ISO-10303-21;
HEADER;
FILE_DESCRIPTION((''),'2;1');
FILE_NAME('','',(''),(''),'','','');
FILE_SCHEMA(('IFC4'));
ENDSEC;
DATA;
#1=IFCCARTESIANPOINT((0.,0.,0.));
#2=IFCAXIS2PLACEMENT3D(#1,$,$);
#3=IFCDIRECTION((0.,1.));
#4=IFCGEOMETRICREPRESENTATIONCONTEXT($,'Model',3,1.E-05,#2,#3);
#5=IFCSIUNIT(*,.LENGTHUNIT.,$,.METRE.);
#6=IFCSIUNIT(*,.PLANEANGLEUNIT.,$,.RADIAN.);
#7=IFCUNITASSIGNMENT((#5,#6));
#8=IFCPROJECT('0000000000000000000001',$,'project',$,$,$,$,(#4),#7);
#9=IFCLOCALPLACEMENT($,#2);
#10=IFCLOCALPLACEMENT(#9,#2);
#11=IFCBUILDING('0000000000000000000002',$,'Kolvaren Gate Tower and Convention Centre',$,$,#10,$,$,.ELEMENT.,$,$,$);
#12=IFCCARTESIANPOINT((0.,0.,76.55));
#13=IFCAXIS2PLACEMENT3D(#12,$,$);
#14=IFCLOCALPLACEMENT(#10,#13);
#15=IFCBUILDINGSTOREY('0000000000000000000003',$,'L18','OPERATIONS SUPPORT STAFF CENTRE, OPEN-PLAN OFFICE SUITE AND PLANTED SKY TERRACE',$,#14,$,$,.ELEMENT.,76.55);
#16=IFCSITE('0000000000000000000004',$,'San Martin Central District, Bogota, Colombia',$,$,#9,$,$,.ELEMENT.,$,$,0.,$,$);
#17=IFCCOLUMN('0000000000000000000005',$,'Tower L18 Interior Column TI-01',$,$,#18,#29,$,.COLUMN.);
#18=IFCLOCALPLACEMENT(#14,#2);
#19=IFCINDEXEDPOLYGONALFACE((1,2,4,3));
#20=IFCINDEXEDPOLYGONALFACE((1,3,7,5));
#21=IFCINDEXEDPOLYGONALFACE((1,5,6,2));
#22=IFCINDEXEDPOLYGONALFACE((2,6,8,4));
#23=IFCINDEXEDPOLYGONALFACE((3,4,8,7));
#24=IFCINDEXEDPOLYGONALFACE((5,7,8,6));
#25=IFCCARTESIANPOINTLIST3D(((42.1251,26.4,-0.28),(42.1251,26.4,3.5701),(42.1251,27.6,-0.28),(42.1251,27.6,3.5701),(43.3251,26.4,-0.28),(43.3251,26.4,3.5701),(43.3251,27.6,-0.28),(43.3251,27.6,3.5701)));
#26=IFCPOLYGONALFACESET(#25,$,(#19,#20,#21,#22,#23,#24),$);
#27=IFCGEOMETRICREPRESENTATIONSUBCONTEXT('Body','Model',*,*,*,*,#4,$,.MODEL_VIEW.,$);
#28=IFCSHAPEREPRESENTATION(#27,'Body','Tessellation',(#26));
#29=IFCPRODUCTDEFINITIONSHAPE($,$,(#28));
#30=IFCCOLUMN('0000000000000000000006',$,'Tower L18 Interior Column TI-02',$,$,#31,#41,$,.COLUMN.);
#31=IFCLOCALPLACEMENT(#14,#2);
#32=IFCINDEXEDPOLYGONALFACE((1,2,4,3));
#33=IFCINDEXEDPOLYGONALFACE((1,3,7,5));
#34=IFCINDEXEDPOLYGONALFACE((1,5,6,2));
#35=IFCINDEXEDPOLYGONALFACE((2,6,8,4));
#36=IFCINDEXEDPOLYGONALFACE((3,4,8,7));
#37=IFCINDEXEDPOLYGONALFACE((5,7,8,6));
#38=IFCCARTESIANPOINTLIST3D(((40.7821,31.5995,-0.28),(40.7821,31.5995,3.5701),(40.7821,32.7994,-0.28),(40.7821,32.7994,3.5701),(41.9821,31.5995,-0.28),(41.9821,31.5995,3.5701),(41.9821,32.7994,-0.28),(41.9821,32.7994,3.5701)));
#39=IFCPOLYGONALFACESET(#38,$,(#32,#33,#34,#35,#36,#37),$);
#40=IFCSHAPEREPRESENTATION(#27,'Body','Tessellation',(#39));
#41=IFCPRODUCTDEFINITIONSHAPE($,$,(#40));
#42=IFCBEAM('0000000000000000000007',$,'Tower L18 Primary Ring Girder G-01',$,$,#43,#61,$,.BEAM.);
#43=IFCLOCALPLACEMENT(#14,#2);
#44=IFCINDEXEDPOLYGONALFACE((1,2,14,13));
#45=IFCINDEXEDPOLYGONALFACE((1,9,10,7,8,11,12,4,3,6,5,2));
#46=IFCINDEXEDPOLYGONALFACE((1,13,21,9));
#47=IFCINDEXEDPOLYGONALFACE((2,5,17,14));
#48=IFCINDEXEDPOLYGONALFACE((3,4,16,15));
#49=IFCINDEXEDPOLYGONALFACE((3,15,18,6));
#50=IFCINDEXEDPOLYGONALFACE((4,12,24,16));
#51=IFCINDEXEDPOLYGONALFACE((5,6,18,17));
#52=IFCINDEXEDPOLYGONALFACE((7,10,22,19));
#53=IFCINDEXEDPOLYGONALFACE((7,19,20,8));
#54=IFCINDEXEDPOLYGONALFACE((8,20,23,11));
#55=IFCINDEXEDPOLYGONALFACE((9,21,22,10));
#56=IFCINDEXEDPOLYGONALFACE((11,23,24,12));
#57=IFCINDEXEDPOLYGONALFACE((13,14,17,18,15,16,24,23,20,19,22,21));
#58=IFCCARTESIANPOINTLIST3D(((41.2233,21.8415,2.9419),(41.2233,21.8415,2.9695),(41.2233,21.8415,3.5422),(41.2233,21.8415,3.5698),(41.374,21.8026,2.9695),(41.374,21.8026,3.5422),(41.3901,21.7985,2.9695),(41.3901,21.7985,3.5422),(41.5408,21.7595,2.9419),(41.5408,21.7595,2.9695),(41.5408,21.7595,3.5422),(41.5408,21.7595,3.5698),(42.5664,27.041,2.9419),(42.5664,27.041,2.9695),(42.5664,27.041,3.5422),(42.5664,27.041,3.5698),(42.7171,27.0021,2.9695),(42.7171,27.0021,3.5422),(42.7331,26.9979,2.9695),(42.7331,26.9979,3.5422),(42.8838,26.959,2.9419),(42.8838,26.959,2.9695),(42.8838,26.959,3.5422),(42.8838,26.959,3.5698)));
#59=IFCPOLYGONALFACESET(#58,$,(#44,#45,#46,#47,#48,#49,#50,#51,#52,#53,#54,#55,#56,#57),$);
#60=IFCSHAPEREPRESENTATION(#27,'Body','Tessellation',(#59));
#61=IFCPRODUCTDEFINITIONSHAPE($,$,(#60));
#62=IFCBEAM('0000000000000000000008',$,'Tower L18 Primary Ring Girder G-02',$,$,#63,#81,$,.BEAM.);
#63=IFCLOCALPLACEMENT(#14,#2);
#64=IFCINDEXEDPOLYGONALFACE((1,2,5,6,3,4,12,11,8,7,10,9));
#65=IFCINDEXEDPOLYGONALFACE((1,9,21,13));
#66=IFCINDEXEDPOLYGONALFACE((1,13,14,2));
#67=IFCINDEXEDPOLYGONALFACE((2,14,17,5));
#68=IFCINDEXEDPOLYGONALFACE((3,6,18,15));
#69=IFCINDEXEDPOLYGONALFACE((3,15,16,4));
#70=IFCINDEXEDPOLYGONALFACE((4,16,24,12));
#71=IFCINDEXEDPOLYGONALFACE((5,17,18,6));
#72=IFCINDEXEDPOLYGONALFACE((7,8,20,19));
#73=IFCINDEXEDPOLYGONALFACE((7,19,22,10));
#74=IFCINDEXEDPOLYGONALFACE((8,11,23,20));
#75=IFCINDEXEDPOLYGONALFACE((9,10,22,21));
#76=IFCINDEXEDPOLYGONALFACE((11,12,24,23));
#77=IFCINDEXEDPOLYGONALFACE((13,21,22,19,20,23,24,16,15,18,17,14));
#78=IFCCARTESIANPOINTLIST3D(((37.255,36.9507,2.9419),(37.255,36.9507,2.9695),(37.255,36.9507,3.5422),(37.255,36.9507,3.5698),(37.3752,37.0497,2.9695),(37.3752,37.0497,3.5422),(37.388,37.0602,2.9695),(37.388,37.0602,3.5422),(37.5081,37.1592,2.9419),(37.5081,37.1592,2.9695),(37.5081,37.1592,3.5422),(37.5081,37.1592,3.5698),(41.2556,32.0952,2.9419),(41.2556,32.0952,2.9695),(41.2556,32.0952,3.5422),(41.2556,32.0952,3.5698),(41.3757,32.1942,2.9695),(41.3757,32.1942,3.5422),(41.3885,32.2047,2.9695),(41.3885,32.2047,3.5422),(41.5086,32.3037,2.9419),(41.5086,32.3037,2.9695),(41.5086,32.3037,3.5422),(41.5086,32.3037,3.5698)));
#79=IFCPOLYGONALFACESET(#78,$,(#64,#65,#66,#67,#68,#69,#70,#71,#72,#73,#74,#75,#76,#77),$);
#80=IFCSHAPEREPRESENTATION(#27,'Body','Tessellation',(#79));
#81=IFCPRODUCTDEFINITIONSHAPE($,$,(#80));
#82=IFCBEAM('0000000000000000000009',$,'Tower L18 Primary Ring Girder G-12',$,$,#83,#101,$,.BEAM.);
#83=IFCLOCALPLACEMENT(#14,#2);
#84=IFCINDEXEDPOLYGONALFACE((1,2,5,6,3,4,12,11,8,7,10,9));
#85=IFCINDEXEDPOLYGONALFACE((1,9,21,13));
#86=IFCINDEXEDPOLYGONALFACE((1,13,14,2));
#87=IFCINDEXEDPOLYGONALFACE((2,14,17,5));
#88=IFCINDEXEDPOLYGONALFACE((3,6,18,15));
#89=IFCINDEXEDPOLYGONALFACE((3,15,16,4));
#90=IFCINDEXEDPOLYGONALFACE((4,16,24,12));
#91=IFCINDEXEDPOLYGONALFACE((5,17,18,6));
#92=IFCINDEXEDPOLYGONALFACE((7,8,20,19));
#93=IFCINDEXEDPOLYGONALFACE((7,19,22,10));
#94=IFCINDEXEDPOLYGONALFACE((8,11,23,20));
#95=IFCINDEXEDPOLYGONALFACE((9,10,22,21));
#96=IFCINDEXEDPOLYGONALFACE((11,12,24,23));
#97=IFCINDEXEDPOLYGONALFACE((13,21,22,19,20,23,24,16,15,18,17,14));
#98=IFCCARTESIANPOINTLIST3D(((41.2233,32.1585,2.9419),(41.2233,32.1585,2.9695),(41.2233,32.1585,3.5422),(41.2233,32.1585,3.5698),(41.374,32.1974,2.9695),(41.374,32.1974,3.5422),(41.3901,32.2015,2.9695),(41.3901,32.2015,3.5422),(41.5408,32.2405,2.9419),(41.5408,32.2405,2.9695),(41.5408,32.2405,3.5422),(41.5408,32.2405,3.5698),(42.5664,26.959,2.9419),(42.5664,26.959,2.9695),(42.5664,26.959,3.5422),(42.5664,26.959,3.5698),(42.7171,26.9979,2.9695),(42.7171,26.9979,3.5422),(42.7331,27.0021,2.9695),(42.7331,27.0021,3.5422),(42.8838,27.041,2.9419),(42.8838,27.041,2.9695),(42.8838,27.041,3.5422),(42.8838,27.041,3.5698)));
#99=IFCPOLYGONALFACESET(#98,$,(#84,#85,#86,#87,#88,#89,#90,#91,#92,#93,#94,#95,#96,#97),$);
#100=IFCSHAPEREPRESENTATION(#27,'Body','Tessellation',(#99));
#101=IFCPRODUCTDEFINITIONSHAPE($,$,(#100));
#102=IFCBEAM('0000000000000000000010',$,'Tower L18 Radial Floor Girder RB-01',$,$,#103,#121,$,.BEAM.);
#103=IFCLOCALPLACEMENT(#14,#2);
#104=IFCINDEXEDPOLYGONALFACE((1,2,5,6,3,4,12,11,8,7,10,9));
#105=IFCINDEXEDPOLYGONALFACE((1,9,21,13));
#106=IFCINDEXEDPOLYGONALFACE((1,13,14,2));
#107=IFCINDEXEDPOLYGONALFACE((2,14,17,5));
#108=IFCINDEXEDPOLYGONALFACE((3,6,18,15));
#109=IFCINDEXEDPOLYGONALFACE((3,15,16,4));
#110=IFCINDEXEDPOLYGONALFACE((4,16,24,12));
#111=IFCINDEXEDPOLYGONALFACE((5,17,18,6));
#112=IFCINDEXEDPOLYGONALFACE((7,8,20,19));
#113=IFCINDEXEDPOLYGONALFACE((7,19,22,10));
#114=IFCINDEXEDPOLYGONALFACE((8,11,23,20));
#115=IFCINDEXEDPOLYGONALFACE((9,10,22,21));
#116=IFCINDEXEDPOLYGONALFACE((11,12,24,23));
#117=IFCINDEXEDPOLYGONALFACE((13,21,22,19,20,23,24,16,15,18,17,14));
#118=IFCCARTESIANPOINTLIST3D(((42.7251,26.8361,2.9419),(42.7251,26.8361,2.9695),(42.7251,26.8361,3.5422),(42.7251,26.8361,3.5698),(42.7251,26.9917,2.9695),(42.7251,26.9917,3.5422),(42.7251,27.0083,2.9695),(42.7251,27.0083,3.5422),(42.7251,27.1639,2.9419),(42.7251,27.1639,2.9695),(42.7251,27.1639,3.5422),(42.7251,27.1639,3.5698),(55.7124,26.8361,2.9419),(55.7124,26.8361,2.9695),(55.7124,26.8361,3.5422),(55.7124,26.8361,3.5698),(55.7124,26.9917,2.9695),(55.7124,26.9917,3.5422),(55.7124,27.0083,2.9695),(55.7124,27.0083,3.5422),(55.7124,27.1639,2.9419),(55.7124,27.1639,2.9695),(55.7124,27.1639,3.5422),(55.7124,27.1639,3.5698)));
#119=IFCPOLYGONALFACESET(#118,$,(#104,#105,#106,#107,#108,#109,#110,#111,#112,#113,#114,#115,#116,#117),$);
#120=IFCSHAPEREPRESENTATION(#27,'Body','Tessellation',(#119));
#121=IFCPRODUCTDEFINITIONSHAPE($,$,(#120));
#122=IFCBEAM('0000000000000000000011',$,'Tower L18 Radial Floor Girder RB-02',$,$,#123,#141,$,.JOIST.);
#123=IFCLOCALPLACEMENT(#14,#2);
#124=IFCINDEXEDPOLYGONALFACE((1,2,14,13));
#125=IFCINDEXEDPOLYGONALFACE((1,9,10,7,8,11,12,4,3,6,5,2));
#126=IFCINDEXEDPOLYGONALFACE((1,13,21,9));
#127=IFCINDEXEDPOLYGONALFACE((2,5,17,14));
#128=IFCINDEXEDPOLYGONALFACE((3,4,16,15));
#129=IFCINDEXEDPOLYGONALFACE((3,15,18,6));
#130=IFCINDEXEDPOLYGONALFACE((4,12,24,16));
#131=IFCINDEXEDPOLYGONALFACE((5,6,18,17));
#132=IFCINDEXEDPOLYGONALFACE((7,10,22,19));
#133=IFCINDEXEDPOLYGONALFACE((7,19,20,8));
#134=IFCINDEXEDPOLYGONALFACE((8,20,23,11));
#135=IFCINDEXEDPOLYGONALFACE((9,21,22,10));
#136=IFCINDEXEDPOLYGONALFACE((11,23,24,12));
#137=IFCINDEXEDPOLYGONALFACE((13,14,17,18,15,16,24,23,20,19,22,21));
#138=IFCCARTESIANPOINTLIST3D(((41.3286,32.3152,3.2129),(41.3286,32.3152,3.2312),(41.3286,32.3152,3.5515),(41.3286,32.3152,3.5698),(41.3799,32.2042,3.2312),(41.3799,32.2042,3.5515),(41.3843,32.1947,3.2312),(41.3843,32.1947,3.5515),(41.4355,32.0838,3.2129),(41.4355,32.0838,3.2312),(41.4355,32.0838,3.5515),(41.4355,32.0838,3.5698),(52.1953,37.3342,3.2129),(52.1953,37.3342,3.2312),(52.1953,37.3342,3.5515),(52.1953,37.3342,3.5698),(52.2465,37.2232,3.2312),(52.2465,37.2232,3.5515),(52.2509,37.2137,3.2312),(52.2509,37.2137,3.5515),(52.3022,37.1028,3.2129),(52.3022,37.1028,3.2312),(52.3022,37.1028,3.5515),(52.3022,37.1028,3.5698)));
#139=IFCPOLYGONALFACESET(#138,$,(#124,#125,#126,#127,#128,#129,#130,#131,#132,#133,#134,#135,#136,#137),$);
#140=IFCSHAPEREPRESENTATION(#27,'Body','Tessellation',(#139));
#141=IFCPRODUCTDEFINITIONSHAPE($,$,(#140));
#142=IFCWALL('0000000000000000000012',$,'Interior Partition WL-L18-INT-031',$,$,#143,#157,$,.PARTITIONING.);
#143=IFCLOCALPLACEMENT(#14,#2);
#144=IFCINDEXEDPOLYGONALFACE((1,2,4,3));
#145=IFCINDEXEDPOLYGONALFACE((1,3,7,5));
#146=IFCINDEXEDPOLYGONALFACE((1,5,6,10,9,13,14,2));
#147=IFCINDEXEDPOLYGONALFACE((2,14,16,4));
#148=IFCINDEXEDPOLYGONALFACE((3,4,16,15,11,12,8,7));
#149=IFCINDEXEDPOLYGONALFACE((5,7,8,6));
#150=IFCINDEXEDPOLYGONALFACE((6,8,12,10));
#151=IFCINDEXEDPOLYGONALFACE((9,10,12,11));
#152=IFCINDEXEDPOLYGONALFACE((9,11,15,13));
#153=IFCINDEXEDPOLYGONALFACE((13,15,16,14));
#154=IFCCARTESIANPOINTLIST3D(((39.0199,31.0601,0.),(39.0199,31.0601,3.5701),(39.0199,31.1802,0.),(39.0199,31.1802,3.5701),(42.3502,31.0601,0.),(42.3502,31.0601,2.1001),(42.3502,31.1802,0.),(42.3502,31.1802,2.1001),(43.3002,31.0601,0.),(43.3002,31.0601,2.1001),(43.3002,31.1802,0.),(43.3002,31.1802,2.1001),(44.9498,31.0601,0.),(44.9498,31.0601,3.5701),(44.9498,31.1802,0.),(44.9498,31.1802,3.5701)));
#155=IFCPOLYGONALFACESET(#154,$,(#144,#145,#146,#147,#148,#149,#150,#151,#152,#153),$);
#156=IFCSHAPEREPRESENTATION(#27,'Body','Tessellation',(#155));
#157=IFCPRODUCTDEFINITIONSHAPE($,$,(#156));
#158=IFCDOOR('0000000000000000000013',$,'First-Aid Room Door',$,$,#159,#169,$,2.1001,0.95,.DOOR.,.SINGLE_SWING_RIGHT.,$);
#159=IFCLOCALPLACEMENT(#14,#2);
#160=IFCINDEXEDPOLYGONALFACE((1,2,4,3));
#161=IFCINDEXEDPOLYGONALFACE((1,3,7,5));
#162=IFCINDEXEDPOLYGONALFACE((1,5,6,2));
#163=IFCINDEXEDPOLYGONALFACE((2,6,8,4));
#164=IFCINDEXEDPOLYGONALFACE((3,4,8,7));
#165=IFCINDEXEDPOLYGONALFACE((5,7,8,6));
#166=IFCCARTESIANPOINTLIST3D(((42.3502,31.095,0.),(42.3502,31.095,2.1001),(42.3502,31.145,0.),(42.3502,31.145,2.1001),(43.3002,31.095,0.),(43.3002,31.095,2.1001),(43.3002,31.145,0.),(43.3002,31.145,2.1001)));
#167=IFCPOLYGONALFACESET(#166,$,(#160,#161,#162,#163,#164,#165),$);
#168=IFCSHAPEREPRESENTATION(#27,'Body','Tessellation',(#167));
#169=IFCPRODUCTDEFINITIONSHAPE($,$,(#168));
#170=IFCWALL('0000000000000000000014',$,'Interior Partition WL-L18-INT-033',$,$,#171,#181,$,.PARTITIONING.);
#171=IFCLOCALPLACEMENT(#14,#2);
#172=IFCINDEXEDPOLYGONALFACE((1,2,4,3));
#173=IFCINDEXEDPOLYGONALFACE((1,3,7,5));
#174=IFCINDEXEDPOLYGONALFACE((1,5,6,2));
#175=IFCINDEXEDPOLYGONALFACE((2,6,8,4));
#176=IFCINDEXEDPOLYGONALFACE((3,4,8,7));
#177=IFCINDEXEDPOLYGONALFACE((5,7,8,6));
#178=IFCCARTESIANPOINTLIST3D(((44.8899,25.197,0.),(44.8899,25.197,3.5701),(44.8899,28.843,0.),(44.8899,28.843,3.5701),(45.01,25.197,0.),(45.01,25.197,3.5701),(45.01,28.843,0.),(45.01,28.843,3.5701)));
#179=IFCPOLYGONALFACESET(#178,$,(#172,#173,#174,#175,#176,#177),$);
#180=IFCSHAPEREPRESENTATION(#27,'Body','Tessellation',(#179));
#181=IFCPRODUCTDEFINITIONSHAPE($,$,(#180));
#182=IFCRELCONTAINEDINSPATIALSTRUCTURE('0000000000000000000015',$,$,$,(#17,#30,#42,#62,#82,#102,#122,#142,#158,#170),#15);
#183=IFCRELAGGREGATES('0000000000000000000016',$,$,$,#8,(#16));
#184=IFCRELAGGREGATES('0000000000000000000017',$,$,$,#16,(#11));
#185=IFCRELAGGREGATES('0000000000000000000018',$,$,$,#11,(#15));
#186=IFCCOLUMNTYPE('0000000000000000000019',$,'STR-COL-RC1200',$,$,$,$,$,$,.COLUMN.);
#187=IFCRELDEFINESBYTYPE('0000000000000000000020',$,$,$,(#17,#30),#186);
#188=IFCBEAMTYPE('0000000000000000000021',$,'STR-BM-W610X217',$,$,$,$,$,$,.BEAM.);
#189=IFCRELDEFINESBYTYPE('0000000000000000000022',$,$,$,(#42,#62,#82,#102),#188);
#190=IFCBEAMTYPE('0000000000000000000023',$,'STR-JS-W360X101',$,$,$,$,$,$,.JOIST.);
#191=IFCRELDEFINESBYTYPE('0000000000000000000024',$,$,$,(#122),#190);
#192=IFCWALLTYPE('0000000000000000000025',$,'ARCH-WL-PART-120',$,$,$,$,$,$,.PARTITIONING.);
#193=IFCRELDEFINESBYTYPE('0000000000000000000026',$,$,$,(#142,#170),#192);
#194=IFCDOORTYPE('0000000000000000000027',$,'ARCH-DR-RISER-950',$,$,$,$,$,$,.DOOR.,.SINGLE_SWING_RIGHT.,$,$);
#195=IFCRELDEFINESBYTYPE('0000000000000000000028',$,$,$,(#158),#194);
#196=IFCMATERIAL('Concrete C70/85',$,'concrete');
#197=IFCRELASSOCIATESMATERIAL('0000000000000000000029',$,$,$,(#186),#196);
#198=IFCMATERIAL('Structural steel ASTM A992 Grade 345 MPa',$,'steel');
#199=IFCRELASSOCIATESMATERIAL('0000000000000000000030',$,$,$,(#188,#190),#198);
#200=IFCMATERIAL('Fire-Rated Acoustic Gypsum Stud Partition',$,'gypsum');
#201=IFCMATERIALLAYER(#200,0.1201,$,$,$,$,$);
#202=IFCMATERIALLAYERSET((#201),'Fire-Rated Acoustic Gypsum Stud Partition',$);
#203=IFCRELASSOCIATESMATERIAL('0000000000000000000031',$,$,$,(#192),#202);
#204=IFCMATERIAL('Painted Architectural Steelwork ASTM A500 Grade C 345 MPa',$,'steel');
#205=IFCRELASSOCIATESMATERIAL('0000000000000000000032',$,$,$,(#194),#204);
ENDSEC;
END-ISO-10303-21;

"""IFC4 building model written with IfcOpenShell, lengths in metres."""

from ifc_helpers import new_model, si_unit, direction, frame, frame_2d, origin, origin_2d, place, context, subcontext, project, spatial, rectangle, i_section, extrude, material, layer, layer_set, material_profile, profile_set, type_object, element, fill, save


model = new_model("IFC4")

# Units and contexts
model_context = context("Model", 3, precision=1e-05, world=origin(), true_north=direction((0.0, 1.0)))
body_context = subcontext(model_context, "Body", "Model", "MODEL_VIEW")
ifc_project = project(units=[si_unit("LENGTHUNIT", "METRE"), si_unit("PLANEANGLEUNIT", "RADIAN")], contexts=[model_context])

# Site, building, storey
site_placement = place(None, origin())
site = spatial("IfcSite", under=ifc_project, at=site_placement, Name="San Martin Central District, Bogota, Colombia", CompositionType="ELEMENT", RefElevation=0.0)
building_placement = place(site_placement, origin())
building = spatial("IfcBuilding", under=site, at=building_placement, Name="Kolvaren Gate Tower and Convention Centre", CompositionType="ELEMENT")
storey_placement = place(building_placement, frame((0.0, 0.0, 76.55)))
storey = spatial("IfcBuildingStorey", under=building, at=storey_placement, Name="L18", Description="OPERATIONS SUPPORT STAFF CENTRE, OPEN-PLAN OFFICE SUITE AND PLANTED SKY TERRACE", CompositionType="ELEMENT", Elevation=76.55)

# Columns
ifc_material_1 = material(Name="Concrete C70/85", Category="concrete")
ifc_material_profile_1 = material_profile(ifc_material_1, rectangle(XDim=1.2, YDim=1.2, at=origin_2d()), Name="RC-COL-1200X1200")
ifc_profile_set_1 = profile_set([ifc_material_profile_1], Name="Concrete C70/85")
column_type = type_object("IfcColumnType", Name="STR-COL-RC1200", PredefinedType="COLUMN", material=ifc_profile_set_1)
for number, where, z_axis, x_axis, name in (
    (1, (42.7251, 27.0, -0.28), (0.0, 0.0, 1.0), (1.0, 0.0, 0.0), "Tower L18 Interior Column TI-01"),
    (2, (41.3821, 32.1995, -0.28), (0.0, 0.0, 1.0), (1.0, 0.0, 0.0), "Tower L18 Interior Column TI-02"),
):
    element("IfcColumn", number, at=place(storey_placement, frame(where, z_axis=z_axis, x_axis=x_axis)), inside=storey, type_object=column_type, Name=name, PredefinedType="COLUMN", context=body_context, shape_type="SweptSolid", body=[
        extrude(rectangle(XDim=1.2, YDim=1.2, at=origin_2d()), origin(), (0.0, 0.0, 1.0), 3.8501),
    ])

# Beams
ifc_material_2 = material(Name="Structural steel ASTM A992 Grade 345 MPa", Category="steel")
ifc_material_profile_2 = material_profile(ifc_material_2, i_section(OverallWidth=0.3279, OverallDepth=0.6279, WebThickness=0.0166, FlangeThickness=0.0276, at=origin_2d()), Name="W610X217")
ifc_profile_set_2 = profile_set([ifc_material_profile_2], Name="Structural steel ASTM A992 Grade 345 MPa")
beam_type_1 = type_object("IfcBeamType", Name="STR-BM-W610X217", PredefinedType="BEAM", material=ifc_profile_set_2)
beam_1_placement = place(storey_placement, frame((42.7251, 27.0, 3.2559), z_axis=(-0.250091, -0.968222, 0.0), x_axis=(0.968222, -0.250091, 0.0)))
element("IfcBeam", 3, at=beam_1_placement, inside=storey, type_object=beam_type_1, Name="Tower L18 Primary Ring Girder G-01", PredefinedType="BEAM", context=body_context, shape_type="SweptSolid", body=[
    extrude(i_section(OverallWidth=0.3279, OverallDepth=0.6279, WebThickness=0.0166, FlangeThickness=0.0276, at=origin_2d()), origin(), (0.0, 0.0, 1.0), 5.3701),
])
beam_2_placement = place(storey_placement, frame((41.3821, 32.1995, 3.2559), z_axis=(-0.635884, 0.771785, 0.0), x_axis=(-0.771785, -0.635884, 0.0)))
element("IfcBeam", 4, at=beam_2_placement, inside=storey, type_object=beam_type_1, Name="Tower L18 Primary Ring Girder G-02", PredefinedType="BEAM", context=body_context, shape_type="SweptSolid", body=[
    extrude(i_section(OverallWidth=0.3279, OverallDepth=0.6279, WebThickness=0.0166, FlangeThickness=0.0276, at=origin_2d()), origin(), (0.0, 0.0, 1.0), 6.2913),
])
beam_3_placement = place(storey_placement, frame((42.7251, 27.0, 3.2559), z_axis=(-0.250091, 0.968222, 0.0), x_axis=(-0.968222, -0.250091, 0.0)))
element("IfcBeam", 5, at=beam_3_placement, inside=storey, type_object=beam_type_1, Name="Tower L18 Primary Ring Girder G-12", PredefinedType="BEAM", context=body_context, shape_type="SweptSolid", body=[
    extrude(i_section(OverallWidth=0.3279, OverallDepth=0.6279, WebThickness=0.0166, FlangeThickness=0.0276, at=origin_2d()), origin(), (0.0, 0.0, 1.0), 5.3701),
])
beam_4_placement = place(storey_placement, frame((42.7251, 27.0, 3.2559), z_axis=(1.0, 0.0, 0.0), x_axis=(0.0, 1.0, 0.0)))
element("IfcBeam", 6, at=beam_4_placement, inside=storey, type_object=beam_type_1, Name="Tower L18 Radial Floor Girder RB-01", PredefinedType="BEAM", context=body_context, shape_type="SweptSolid", body=[
    extrude(i_section(OverallWidth=0.3279, OverallDepth=0.6279, WebThickness=0.0166, FlangeThickness=0.0276, at=origin_2d()), origin(), (0.0, 0.0, 1.0), 12.9873),
])
ifc_material_profile_3 = material_profile(ifc_material_2, i_section(OverallWidth=0.2549, OverallDepth=0.3569, WebThickness=0.0105, FlangeThickness=0.0183, at=origin_2d()), Name="W360X101")
ifc_profile_set_3 = profile_set([ifc_material_profile_3], Name="Structural steel ASTM A992 Grade 345 MPa")
beam_type_2 = type_object("IfcBeamType", Name="STR-JS-W360X101", PredefinedType="JOIST", material=ifc_profile_set_3)
beam_5_placement = place(storey_placement, frame((41.3821, 32.1995, 3.3914), z_axis=(0.907844, 0.419309, 0.0), x_axis=(-0.419309, 0.907844, 0.0)))
element("IfcBeam", 7, at=beam_5_placement, inside=storey, type_object=beam_type_2, Name="Tower L18 Radial Floor Girder RB-02", PredefinedType="JOIST", context=body_context, shape_type="SweptSolid", body=[
    extrude(i_section(OverallWidth=0.2549, OverallDepth=0.3569, WebThickness=0.0105, FlangeThickness=0.0183, at=origin_2d()), origin(), (0.0, 0.0, 1.0), 11.9697),
])

# Wall, opening, door
ifc_material_3 = material(Name="Fire-Rated Acoustic Gypsum Stud Partition", Category="gypsum")
ifc_layer_1 = layer(ifc_material_3, 0.1201)
ifc_layer_set_1 = layer_set([ifc_layer_1], Name="Fire-Rated Acoustic Gypsum Stud Partition")
wall_type_1 = type_object("IfcWallType", Name="ARCH-WL-PART-120", PredefinedType="PARTITIONING", material=ifc_layer_set_1)
wall_1_placement = place(storey_placement, frame((39.02, 31.1201, 0.0), z_axis=(0.0, 0.0, 1.0), x_axis=(1.0, 0.0, 0.0)))
wall_1 = element("IfcWall", 8, at=wall_1_placement, inside=storey, type_object=wall_type_1, Name="Interior Partition WL-L18-INT-031", PredefinedType="PARTITIONING", context=body_context, shape_type="SweptSolid", body=[
    extrude(rectangle(XDim=5.9299, YDim=0.1201, at=frame_2d((2.9648, 0.0))), origin(), (0.0, 0.0, 1.0), 3.5701),
])
opening_1_placement = place(wall_1_placement, frame((3.3301, 0.0, 0.0)))
opening_1 = element("IfcOpeningElement", 9, at=opening_1_placement, cuts=wall_1, PredefinedType="OPENING", context=body_context, shape_type="SweptSolid", body=[
    extrude(rectangle(XDim=0.95, YDim=2.1001, at=frame_2d((0.4751, 1.05))), frame((0.0, 0.0701, 0.0), z_axis=(0.0, -1.0, 0.0), x_axis=(1.0, 0.0, 0.0)), (0.0, 0.0, 1.0), 0.1401),
])
ifc_material_4 = material(Name="Painted Architectural Steelwork ASTM A500 Grade C 345 MPa", Category="steel")
door_type_1 = type_object("IfcDoorType", Name="ARCH-DR-RISER-950", OperationType="SINGLE_SWING_RIGHT", PredefinedType="DOOR", material=ifc_material_4)
door_1_placement = place(opening_1_placement, origin())
door_1 = element("IfcDoor", 10, at=door_1_placement, inside=storey, type_object=door_type_1, Name="First-Aid Room Door", OperationType="SINGLE_SWING_RIGHT", OverallHeight=2.1001, OverallWidth=0.95, PredefinedType="DOOR", context=body_context, shape_type="SweptSolid", body=[
    extrude(rectangle(XDim=0.95, YDim=2.1001, at=frame_2d((0.4751, 1.05))), frame((0.0, 0.0249, 0.0), z_axis=(0.0, -1.0, 0.0), x_axis=(1.0, 0.0, 0.0)), (0.0, 0.0, 1.0), 0.05),
])
fill(opening_1, door_1)

# Wall
wall_2_placement = place(storey_placement, frame((44.95, 25.197, 0.0), z_axis=(0.0, 0.0, 1.0), x_axis=(0.0, 1.0, 0.0)))
element("IfcWall", 11, at=wall_2_placement, inside=storey, type_object=wall_type_1, Name="Interior Partition WL-L18-INT-033", PredefinedType="PARTITIONING", context=body_context, shape_type="SweptSolid", body=[
    extrude(rectangle(XDim=3.646, YDim=0.1201, at=frame_2d((1.823, 0.0))), origin(), (0.0, 0.0, 1.0), 3.5701),
])

save(model, "model.ifc")
